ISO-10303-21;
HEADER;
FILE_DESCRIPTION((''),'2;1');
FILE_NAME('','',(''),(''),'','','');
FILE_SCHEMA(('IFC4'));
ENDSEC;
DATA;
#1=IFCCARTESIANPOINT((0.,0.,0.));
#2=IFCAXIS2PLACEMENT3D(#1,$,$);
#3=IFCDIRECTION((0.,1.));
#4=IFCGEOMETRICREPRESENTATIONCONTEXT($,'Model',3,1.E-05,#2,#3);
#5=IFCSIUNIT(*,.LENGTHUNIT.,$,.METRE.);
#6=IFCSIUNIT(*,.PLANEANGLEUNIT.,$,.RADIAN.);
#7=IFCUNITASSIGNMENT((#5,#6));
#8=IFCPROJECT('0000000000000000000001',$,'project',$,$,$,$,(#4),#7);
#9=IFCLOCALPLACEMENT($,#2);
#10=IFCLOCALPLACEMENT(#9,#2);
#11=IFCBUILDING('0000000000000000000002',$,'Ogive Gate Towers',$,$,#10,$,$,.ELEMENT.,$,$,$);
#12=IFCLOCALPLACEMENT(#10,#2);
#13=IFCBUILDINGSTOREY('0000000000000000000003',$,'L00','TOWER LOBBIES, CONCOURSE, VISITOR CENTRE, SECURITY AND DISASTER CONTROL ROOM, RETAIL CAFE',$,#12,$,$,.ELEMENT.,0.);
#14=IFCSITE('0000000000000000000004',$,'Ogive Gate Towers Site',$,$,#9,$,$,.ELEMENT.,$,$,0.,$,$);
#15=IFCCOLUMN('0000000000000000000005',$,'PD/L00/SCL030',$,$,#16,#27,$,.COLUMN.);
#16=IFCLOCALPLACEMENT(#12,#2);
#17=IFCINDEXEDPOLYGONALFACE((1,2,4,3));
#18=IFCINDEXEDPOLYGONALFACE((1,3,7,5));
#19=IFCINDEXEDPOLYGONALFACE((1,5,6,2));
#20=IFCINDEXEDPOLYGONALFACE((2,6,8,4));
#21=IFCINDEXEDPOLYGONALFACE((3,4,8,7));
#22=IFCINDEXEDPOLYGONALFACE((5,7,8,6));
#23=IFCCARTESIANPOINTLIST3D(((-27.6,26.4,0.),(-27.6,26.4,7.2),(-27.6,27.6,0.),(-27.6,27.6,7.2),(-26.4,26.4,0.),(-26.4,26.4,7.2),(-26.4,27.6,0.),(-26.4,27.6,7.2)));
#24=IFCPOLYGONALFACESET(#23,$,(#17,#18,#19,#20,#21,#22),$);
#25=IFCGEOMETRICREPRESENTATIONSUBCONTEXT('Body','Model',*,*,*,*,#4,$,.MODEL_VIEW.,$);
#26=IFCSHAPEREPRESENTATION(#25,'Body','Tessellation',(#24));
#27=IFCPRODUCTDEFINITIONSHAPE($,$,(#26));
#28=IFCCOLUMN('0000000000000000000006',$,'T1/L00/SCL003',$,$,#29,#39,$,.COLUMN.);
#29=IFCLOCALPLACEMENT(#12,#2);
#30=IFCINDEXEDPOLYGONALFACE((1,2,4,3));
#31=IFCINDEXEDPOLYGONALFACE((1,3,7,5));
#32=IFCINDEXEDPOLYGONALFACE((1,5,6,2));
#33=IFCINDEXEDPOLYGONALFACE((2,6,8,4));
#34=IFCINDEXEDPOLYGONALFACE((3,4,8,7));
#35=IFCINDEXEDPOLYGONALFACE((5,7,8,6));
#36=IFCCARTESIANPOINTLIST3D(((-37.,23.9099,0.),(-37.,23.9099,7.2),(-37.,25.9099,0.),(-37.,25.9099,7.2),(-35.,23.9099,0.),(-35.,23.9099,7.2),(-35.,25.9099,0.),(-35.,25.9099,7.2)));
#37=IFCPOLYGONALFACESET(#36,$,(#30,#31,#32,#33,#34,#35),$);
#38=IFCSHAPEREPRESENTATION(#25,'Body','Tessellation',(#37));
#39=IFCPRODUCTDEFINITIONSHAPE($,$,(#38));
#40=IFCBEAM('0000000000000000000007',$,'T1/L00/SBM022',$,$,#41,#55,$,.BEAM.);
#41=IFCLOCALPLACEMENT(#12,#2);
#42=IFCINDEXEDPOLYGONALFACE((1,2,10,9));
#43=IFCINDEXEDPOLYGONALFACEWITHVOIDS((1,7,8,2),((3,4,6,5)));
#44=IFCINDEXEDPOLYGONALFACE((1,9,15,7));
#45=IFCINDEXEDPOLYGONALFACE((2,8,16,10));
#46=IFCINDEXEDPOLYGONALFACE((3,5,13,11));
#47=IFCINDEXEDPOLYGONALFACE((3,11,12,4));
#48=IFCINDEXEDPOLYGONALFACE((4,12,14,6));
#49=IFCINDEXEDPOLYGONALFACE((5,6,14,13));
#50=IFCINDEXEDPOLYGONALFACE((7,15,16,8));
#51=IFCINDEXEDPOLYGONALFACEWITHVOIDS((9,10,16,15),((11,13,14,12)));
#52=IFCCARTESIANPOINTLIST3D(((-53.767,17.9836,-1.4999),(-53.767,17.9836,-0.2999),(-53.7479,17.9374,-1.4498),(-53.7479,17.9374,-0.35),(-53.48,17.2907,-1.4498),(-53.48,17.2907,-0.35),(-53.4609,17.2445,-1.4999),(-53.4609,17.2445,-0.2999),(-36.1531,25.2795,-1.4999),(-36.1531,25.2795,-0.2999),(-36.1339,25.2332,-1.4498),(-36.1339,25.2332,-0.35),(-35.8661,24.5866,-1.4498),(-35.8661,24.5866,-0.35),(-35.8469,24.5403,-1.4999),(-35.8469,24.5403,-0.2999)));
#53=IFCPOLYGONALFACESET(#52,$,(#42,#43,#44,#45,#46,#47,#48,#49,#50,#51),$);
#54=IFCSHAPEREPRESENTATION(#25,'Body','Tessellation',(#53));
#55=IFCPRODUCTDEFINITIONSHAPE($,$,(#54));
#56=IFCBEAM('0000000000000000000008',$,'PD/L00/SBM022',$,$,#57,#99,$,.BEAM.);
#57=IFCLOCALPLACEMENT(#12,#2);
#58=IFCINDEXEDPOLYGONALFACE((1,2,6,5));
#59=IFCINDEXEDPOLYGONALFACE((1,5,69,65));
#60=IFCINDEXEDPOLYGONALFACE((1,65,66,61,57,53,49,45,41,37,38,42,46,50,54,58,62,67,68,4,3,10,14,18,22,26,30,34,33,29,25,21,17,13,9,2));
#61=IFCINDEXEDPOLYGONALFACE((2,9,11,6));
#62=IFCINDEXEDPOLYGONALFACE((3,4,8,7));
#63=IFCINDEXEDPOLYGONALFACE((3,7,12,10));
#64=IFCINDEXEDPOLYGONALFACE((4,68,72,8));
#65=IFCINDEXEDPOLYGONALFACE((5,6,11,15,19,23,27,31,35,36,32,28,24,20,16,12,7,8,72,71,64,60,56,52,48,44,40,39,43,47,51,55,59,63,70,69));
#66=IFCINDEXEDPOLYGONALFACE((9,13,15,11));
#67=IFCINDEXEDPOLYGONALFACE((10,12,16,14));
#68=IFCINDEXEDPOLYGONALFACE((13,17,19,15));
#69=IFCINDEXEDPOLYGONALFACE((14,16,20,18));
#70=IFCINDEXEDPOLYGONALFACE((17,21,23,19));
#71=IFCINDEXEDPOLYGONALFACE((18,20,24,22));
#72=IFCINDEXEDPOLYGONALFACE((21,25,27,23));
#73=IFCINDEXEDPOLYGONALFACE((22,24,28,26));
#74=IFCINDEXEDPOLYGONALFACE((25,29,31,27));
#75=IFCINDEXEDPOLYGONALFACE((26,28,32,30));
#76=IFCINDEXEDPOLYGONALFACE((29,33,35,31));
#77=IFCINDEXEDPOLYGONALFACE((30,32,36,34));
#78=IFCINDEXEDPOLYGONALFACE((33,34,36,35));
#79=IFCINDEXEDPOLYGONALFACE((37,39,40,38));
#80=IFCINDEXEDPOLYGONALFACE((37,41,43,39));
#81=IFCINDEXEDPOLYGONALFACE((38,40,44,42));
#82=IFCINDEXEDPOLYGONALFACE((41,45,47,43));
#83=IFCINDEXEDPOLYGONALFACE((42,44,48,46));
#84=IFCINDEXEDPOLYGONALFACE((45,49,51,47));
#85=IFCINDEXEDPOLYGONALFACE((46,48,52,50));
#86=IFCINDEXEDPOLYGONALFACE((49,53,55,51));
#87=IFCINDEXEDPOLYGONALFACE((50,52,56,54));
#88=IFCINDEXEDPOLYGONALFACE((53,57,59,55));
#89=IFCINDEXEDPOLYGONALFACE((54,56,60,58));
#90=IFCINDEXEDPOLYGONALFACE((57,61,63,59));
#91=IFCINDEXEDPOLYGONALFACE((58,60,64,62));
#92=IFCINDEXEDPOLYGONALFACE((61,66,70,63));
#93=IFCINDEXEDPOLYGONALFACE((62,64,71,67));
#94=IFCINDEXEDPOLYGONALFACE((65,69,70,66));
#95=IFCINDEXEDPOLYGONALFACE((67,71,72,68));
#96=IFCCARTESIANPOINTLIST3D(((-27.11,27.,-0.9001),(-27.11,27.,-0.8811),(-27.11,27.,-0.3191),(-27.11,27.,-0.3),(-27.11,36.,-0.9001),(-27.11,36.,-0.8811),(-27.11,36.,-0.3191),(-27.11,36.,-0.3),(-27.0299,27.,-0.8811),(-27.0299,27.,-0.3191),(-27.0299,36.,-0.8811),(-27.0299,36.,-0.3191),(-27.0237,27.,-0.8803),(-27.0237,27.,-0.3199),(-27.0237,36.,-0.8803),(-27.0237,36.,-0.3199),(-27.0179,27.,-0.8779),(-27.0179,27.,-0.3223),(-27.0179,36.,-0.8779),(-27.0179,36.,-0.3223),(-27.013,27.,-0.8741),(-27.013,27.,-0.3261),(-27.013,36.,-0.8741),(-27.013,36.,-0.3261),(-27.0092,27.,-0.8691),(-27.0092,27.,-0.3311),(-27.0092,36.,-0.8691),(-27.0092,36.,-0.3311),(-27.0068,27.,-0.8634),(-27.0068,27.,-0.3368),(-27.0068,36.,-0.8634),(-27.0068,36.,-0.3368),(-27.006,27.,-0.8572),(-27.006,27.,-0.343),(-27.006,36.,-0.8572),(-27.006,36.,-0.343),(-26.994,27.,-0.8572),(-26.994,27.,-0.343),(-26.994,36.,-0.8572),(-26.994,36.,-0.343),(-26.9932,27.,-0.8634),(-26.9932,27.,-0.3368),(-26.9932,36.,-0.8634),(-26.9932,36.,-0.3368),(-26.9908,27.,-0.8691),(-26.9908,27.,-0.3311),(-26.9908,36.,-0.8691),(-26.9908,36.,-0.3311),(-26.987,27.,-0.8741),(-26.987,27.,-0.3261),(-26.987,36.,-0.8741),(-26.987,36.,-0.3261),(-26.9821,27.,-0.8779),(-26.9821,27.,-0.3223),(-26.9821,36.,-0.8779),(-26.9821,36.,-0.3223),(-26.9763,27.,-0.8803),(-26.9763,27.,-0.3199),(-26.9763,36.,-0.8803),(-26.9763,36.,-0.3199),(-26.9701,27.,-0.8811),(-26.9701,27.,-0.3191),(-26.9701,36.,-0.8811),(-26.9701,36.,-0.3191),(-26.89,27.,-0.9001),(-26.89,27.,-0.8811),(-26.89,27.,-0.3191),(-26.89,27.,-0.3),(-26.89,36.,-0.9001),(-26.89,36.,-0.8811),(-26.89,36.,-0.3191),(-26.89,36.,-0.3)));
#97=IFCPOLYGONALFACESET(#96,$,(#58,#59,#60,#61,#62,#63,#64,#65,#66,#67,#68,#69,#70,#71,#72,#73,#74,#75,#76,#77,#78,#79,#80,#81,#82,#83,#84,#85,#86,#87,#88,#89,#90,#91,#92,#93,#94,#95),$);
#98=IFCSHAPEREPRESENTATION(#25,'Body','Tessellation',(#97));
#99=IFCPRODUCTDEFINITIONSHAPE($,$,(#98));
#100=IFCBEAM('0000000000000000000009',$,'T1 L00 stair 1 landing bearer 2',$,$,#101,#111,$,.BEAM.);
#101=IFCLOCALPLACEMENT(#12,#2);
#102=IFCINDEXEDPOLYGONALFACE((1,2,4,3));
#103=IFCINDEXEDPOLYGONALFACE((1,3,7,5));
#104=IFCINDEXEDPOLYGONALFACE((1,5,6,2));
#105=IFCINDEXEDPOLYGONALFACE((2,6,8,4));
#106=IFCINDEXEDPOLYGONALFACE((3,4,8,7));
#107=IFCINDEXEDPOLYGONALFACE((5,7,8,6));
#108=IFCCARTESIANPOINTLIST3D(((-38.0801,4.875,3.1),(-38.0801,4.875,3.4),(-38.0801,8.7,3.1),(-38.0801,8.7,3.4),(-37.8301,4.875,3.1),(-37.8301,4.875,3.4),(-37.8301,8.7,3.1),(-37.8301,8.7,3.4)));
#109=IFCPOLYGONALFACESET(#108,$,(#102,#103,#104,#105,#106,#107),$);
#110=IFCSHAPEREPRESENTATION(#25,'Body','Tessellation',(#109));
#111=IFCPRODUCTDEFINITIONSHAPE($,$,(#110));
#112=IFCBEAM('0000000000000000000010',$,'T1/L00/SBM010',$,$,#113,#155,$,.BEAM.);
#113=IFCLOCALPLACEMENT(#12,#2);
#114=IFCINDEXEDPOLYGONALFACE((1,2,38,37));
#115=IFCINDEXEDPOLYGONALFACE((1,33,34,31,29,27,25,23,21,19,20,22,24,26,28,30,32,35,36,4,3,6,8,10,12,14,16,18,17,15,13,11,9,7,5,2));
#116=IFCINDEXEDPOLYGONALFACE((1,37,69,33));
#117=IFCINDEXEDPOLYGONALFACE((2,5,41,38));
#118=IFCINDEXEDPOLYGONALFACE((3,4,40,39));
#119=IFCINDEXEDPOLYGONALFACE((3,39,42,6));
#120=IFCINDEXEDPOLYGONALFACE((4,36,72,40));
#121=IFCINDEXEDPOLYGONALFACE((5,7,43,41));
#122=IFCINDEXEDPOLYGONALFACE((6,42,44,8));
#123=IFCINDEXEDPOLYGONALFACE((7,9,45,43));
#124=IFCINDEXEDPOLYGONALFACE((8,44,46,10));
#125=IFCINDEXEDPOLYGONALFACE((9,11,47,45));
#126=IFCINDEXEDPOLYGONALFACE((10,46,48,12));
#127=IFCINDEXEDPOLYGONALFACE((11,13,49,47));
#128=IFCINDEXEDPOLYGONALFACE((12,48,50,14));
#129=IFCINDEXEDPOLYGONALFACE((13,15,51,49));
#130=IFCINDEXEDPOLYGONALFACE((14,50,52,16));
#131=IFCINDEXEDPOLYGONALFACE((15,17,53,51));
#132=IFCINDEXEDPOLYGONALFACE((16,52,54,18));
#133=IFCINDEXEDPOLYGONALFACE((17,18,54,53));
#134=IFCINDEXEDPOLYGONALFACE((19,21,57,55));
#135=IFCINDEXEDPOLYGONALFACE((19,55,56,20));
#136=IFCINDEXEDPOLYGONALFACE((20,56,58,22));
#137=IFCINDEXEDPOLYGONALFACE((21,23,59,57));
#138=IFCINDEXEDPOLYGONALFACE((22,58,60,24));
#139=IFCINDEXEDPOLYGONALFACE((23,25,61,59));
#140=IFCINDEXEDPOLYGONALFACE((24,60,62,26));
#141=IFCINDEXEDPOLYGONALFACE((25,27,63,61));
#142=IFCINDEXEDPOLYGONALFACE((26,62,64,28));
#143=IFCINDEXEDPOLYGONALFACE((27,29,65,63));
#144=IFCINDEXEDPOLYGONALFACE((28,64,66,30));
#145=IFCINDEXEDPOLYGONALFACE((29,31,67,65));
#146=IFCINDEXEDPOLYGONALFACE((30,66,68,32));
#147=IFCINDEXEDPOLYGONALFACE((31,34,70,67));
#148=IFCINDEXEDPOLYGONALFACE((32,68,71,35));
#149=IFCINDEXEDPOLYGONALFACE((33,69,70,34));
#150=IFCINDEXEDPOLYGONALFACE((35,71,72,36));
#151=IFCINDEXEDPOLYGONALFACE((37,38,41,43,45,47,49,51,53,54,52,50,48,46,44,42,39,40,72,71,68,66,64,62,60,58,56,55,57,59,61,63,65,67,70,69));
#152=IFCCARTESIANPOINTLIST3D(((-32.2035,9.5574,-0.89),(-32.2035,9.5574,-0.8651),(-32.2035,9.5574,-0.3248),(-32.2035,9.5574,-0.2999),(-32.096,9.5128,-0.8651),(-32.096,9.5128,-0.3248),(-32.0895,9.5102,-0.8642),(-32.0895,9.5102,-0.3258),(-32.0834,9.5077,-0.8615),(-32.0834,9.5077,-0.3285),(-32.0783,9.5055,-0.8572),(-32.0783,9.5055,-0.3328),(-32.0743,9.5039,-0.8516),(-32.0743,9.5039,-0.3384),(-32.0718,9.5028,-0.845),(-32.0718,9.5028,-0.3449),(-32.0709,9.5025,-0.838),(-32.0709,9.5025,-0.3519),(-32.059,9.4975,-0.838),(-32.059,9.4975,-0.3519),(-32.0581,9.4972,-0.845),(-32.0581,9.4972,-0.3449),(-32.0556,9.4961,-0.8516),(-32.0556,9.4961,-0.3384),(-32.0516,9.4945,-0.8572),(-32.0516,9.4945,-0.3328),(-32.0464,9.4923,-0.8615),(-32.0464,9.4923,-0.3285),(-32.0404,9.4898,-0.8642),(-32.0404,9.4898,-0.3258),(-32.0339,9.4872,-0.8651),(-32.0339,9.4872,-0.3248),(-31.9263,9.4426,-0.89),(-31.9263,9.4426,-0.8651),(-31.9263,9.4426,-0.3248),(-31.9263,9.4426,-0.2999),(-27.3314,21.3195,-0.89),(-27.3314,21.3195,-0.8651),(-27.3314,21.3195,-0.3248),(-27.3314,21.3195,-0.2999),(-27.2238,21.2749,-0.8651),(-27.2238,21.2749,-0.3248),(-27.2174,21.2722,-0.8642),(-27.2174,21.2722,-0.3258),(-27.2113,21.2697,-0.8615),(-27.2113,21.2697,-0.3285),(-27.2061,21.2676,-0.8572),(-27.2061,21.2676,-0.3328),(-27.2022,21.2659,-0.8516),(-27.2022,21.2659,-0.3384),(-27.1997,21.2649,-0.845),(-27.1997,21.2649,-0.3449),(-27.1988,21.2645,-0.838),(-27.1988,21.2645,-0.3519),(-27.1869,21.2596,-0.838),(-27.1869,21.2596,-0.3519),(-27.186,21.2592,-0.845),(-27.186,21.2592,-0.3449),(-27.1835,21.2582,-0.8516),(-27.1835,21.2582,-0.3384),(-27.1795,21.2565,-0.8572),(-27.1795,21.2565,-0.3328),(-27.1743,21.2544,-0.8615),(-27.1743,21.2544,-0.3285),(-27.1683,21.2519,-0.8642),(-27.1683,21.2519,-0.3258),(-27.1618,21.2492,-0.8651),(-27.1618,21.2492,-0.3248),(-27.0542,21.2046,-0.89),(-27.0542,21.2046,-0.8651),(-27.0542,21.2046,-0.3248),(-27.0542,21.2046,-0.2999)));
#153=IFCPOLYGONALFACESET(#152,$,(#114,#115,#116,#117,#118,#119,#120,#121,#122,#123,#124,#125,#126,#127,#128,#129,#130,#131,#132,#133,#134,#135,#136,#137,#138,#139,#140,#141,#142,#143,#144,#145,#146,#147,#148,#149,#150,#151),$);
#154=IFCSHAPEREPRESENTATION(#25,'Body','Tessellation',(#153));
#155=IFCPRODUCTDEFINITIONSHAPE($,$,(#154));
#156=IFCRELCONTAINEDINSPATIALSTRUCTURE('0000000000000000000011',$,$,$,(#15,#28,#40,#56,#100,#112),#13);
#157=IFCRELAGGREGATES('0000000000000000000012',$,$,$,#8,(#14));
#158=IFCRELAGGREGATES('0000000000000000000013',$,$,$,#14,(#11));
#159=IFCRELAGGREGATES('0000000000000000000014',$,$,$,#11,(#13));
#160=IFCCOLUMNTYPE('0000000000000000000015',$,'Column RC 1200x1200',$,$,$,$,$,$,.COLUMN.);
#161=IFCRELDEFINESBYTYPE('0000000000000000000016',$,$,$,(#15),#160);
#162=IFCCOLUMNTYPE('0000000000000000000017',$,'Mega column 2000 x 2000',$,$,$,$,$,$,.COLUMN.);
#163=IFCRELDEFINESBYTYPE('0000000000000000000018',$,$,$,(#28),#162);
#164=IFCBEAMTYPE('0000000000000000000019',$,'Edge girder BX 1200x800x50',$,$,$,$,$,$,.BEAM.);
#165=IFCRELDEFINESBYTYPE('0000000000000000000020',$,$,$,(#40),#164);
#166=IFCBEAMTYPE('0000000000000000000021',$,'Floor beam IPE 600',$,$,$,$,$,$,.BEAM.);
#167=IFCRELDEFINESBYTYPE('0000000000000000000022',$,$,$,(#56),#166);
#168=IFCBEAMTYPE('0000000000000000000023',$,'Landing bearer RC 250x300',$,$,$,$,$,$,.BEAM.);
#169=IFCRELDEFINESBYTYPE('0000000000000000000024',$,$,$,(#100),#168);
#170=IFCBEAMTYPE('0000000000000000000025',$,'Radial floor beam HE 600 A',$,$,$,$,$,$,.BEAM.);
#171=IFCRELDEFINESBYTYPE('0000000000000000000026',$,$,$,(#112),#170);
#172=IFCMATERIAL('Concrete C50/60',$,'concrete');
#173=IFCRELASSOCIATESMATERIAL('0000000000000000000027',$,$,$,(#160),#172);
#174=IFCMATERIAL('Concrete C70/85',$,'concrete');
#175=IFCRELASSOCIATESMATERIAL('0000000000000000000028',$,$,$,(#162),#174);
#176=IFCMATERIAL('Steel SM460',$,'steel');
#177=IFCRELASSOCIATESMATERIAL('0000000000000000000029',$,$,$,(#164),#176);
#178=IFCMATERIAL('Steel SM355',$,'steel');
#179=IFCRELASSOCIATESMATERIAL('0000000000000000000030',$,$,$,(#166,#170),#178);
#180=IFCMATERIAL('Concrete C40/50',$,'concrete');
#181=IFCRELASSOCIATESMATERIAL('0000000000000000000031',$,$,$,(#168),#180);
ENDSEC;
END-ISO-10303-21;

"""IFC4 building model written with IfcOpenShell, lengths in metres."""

from ifc_helpers import new_model, si_unit, direction, frame, origin, origin_2d, place, context, subcontext, project, spatial, rectangle, hollow_rectangle, i_section, extrude, material, material_profile, profile_set, type_object, element, save


model = new_model("IFC4")

# Units and contexts
model_context = context("Model", 3, precision=1e-05, world=origin(), true_north=direction((0.0, 1.0)))
body_context = subcontext(model_context, "Body", "Model", "MODEL_VIEW")
ifc_project = project(units=[si_unit("LENGTHUNIT", "METRE"), si_unit("PLANEANGLEUNIT", "RADIAN")], contexts=[model_context])

# Site, building, storey
site_placement = place(None, origin())
site = spatial("IfcSite", under=ifc_project, at=site_placement, Name="Ogive Gate Towers Site", CompositionType="ELEMENT", RefElevation=0.0)
building_placement = place(site_placement, origin())
building = spatial("IfcBuilding", under=site, at=building_placement, Name="Ogive Gate Towers", CompositionType="ELEMENT")
storey_placement = place(building_placement, origin())
storey = spatial("IfcBuildingStorey", under=building, at=storey_placement, Name="L00", Description="TOWER LOBBIES, CONCOURSE, VISITOR CENTRE, SECURITY AND DISASTER CONTROL ROOM, RETAIL CAFE", CompositionType="ELEMENT", Elevation=0.0)

# Columns
ifc_material_1 = material(Name="Concrete C50/60", Category="concrete")
ifc_material_profile_1 = material_profile(ifc_material_1, rectangle(XDim=1.2, YDim=1.2, at=origin_2d()), Name="RC 1200x1200")
ifc_profile_set_1 = profile_set([ifc_material_profile_1], Name="Concrete C50/60")
column_type_1 = type_object("IfcColumnType", Name="Column RC 1200x1200", PredefinedType="COLUMN", material=ifc_profile_set_1)
column_1_placement = place(storey_placement, frame((-27.0, 27.0, 0.0), z_axis=(0.0, 0.0, 1.0), x_axis=(1.0, 0.0, 0.0)))
element("IfcColumn", 1, at=column_1_placement, inside=storey, type_object=column_type_1, Name="PD/L00/SCL030", PredefinedType="COLUMN", context=body_context, shape_type="SweptSolid", body=[
    extrude(rectangle(XDim=1.2, YDim=1.2, at=origin_2d()), origin(), (0.0, 0.0, 1.0), 7.2),
])
ifc_material_2 = material(Name="Concrete C70/85", Category="concrete")
ifc_material_profile_2 = material_profile(ifc_material_2, rectangle(XDim=2.0, YDim=2.0, at=origin_2d()), Name="RC 2000x2000")
ifc_profile_set_2 = profile_set([ifc_material_profile_2], Name="Concrete C70/85")
column_type_2 = type_object("IfcColumnType", Name="Mega column 2000 x 2000", PredefinedType="COLUMN", material=ifc_profile_set_2)
column_2_placement = place(storey_placement, frame((-36.0, 24.9099, 0.0), z_axis=(0.0, 0.0, 1.0), x_axis=(0.0, 1.0, 0.0)))
element("IfcColumn", 2, at=column_2_placement, inside=storey, type_object=column_type_2, Name="T1/L00/SCL003", PredefinedType="COLUMN", context=body_context, shape_type="SweptSolid", body=[
    extrude(rectangle(XDim=2.0, YDim=2.0, at=origin_2d()), origin(), (0.0, 0.0, 1.0), 7.2),
])

# Beams
ifc_material_3 = material(Name="Steel SM460", Category="steel")
ifc_material_profile_3 = material_profile(ifc_material_3, hollow_rectangle(XDim=0.8, YDim=1.2, WallThickness=0.05, at=origin_2d()), Name="BX 1200x800x50")
ifc_profile_set_3 = profile_set([ifc_material_profile_3], Name="Steel SM460")
beam_type_1 = type_object("IfcBeamType", Name="Edge girder BX 1200x800x50", PredefinedType="BEAM", material=ifc_profile_set_3)
beam_1_placement = place(storey_placement, frame((-36.0, 24.9099, -0.8999), z_axis=(-0.923881, -0.382681, 0.0), x_axis=(0.382681, -0.923881, 0.0)))
element("IfcBeam", 3, at=beam_1_placement, inside=storey, type_object=beam_type_1, Name="T1/L00/SBM022", PredefinedType="BEAM", context=body_context, shape_type="SweptSolid", body=[
    extrude(hollow_rectangle(XDim=0.8, YDim=1.2, WallThickness=0.05, at=origin_2d()), origin(), (0.0, 0.0, 1.0), 19.0652),
])
ifc_material_4 = material(Name="Steel SM355", Category="steel")
ifc_material_profile_4 = material_profile(ifc_material_4, i_section(OverallWidth=0.22, OverallDepth=0.6001, WebThickness=0.012, FlangeThickness=0.019, FilletRadius=0.0239, at=origin_2d()), Name="IPE 600")
ifc_profile_set_4 = profile_set([ifc_material_profile_4], Name="Steel SM355")
beam_type_2 = type_object("IfcBeamType", Name="Floor beam IPE 600", PredefinedType="BEAM", material=ifc_profile_set_4)
beam_2_placement = place(storey_placement, frame((-27.0, 27.0, -0.6001), z_axis=(0.0, 1.0, 0.0), x_axis=(-1.0, 0.0, 0.0)))
element("IfcBeam", 4, at=beam_2_placement, inside=storey, type_object=beam_type_2, Name="PD/L00/SBM022", PredefinedType="BEAM", context=body_context, shape_type="SweptSolid", body=[
    extrude(i_section(OverallWidth=0.22, OverallDepth=0.6001, WebThickness=0.012, FlangeThickness=0.019, FilletRadius=0.0239, at=origin_2d()), origin(), (0.0, 0.0, 1.0), 9.0),
])
ifc_material_5 = material(Name="Concrete C40/50", Category="concrete")
ifc_material_profile_5 = material_profile(ifc_material_5, rectangle(XDim=0.25, YDim=0.3, at=origin_2d()), Name="RC 250x300")
ifc_profile_set_5 = profile_set([ifc_material_profile_5], Name="Concrete C40/50")
beam_type_3 = type_object("IfcBeamType", Name="Landing bearer RC 250x300", PredefinedType="BEAM", material=ifc_profile_set_5)
beam_3_placement = place(storey_placement, frame((-37.9551, 8.7, 3.25), z_axis=(0.0, -1.0, 0.0), x_axis=(1.0, 0.0, 0.0)))
element("IfcBeam", 5, at=beam_3_placement, inside=storey, type_object=beam_type_3, Name="T1 L00 stair 1 landing bearer 2", PredefinedType="BEAM", context=body_context, shape_type="SweptSolid", body=[
    extrude(rectangle(XDim=0.25, YDim=0.3, at=origin_2d()), origin(), (0.0, 0.0, 1.0), 3.825),
])
ifc_material_profile_6 = material_profile(ifc_material_4, i_section(OverallWidth=0.3, OverallDepth=0.5901, WebThickness=0.0129, FlangeThickness=0.0249, FilletRadius=0.0271, at=origin_2d()), Name="HE 600 A")
ifc_profile_set_6 = profile_set([ifc_material_profile_6], Name="Steel SM355")
beam_type_4 = type_object("IfcBeamType", Name="Radial floor beam HE 600 A", PredefinedType="BEAM", material=ifc_profile_set_6)
for number, where, z_axis, x_axis, name in (
    (6, (-32.0649, 9.5, -0.595), (0.382691, 0.923877, 0.0), (-0.923877, 0.382691, 0.0), "T1/L00/SBM010"),
):
    element("IfcBeam", number, at=place(storey_placement, frame(where, z_axis=z_axis, x_axis=x_axis)), inside=storey, type_object=beam_type_4, Name=name, PredefinedType="BEAM", context=body_context, shape_type="SweptSolid", body=[
        extrude(i_section(OverallWidth=0.3, OverallDepth=0.5901, WebThickness=0.0129, FlangeThickness=0.0249, FilletRadius=0.0271, at=origin_2d()), origin(), (0.0, 0.0, 1.0), 12.7312),
    ])

save(model, "model.ifc")
